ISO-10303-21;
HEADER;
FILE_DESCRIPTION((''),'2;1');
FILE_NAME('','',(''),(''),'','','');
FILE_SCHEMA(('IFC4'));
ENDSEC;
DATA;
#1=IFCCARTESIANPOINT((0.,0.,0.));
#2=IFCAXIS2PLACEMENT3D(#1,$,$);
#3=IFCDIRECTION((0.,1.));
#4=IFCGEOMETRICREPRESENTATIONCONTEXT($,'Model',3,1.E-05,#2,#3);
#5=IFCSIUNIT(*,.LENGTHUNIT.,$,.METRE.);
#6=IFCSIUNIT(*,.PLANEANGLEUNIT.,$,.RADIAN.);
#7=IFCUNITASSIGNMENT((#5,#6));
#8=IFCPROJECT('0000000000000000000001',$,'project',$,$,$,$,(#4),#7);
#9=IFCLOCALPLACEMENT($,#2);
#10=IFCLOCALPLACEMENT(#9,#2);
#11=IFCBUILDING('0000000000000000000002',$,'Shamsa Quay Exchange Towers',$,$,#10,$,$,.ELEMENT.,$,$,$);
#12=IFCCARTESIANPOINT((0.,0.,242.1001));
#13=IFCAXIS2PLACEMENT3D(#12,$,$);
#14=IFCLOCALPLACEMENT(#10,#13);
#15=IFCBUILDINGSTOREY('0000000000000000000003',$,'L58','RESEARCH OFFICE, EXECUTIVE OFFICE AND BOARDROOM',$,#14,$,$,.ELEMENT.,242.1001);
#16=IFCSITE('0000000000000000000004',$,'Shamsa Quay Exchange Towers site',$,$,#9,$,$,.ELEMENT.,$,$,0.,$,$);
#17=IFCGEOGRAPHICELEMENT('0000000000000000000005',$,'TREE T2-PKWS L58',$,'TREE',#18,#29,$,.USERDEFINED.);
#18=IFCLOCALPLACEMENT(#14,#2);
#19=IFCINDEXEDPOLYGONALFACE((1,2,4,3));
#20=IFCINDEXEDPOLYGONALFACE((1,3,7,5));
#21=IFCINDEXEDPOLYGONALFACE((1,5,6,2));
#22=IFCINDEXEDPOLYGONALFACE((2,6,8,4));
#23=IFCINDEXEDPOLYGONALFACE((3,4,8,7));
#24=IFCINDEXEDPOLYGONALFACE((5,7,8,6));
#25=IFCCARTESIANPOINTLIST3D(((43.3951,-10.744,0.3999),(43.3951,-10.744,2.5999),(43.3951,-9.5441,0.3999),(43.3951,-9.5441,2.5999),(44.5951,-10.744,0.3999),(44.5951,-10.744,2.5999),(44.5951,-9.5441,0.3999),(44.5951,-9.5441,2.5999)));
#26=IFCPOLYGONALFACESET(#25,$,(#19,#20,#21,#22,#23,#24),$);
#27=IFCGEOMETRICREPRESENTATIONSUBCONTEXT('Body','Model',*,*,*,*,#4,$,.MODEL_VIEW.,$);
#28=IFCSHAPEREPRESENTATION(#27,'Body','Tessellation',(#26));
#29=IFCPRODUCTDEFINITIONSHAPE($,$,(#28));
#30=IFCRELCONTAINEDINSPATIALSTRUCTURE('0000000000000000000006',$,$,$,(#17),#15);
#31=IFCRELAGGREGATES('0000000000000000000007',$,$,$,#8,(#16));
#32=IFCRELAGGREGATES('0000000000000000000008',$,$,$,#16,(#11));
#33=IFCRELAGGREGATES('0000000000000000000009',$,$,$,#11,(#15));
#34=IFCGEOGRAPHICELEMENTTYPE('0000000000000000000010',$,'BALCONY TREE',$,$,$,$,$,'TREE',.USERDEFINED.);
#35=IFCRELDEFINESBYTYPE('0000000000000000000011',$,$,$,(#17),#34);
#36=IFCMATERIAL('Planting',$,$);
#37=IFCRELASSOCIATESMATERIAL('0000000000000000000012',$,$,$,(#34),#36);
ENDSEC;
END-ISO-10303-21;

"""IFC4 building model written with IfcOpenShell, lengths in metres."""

from ifc_helpers import new_model, si_unit, direction, frame, origin, origin_2d, place, context, subcontext, project, spatial, rectangle, extrude, material, type_object, element, save


model = new_model("IFC4")

# Units and contexts
model_context = context("Model", 3, precision=1e-05, world=origin(), true_north=direction((0.0, 1.0)))
body_context = subcontext(model_context, "Body", "Model", "MODEL_VIEW")
ifc_project = project(units=[si_unit("LENGTHUNIT", "METRE"), si_unit("PLANEANGLEUNIT", "RADIAN")], contexts=[model_context])

# Site, building, storey
site_placement = place(None, origin())
site = spatial("IfcSite", under=ifc_project, at=site_placement, Name="Shamsa Quay Exchange Towers site", CompositionType="ELEMENT", RefElevation=0.0)
building_placement = place(site_placement, origin())
building = spatial("IfcBuilding", under=site, at=building_placement, Name="Shamsa Quay Exchange Towers", CompositionType="ELEMENT")
storey_placement = place(building_placement, frame((0.0, 0.0, 242.1001)))
storey = spatial("IfcBuildingStorey", under=building, at=storey_placement, Name="L58", Description="RESEARCH OFFICE, EXECUTIVE OFFICE AND BOARDROOM", CompositionType="ELEMENT", Elevation=242.1001)

# Geographic element
ifc_material_1 = material(Name="Planting")
geographic_element_type = type_object("IfcGeographicElementType", Name="BALCONY TREE", ElementType="TREE", PredefinedType="USERDEFINED", material=ifc_material_1)
geographic_element_placement = place(storey_placement, frame((43.9951, -10.144, 0.3999), z_axis=(0.0, 0.0, 1.0), x_axis=(0.0, 1.0, 0.0)))
element("IfcGeographicElement", 1, at=geographic_element_placement, inside=storey, type_object=geographic_element_type, Name="TREE T2-PKWS L58", ObjectType="TREE", PredefinedType="USERDEFINED", context=body_context, shape_type="SweptSolid", body=[
    extrude(rectangle(XDim=1.2, YDim=1.2, at=origin_2d()), origin(), (0.0, 0.0, 1.0), 2.2),
])

save(model, "model.ifc")
